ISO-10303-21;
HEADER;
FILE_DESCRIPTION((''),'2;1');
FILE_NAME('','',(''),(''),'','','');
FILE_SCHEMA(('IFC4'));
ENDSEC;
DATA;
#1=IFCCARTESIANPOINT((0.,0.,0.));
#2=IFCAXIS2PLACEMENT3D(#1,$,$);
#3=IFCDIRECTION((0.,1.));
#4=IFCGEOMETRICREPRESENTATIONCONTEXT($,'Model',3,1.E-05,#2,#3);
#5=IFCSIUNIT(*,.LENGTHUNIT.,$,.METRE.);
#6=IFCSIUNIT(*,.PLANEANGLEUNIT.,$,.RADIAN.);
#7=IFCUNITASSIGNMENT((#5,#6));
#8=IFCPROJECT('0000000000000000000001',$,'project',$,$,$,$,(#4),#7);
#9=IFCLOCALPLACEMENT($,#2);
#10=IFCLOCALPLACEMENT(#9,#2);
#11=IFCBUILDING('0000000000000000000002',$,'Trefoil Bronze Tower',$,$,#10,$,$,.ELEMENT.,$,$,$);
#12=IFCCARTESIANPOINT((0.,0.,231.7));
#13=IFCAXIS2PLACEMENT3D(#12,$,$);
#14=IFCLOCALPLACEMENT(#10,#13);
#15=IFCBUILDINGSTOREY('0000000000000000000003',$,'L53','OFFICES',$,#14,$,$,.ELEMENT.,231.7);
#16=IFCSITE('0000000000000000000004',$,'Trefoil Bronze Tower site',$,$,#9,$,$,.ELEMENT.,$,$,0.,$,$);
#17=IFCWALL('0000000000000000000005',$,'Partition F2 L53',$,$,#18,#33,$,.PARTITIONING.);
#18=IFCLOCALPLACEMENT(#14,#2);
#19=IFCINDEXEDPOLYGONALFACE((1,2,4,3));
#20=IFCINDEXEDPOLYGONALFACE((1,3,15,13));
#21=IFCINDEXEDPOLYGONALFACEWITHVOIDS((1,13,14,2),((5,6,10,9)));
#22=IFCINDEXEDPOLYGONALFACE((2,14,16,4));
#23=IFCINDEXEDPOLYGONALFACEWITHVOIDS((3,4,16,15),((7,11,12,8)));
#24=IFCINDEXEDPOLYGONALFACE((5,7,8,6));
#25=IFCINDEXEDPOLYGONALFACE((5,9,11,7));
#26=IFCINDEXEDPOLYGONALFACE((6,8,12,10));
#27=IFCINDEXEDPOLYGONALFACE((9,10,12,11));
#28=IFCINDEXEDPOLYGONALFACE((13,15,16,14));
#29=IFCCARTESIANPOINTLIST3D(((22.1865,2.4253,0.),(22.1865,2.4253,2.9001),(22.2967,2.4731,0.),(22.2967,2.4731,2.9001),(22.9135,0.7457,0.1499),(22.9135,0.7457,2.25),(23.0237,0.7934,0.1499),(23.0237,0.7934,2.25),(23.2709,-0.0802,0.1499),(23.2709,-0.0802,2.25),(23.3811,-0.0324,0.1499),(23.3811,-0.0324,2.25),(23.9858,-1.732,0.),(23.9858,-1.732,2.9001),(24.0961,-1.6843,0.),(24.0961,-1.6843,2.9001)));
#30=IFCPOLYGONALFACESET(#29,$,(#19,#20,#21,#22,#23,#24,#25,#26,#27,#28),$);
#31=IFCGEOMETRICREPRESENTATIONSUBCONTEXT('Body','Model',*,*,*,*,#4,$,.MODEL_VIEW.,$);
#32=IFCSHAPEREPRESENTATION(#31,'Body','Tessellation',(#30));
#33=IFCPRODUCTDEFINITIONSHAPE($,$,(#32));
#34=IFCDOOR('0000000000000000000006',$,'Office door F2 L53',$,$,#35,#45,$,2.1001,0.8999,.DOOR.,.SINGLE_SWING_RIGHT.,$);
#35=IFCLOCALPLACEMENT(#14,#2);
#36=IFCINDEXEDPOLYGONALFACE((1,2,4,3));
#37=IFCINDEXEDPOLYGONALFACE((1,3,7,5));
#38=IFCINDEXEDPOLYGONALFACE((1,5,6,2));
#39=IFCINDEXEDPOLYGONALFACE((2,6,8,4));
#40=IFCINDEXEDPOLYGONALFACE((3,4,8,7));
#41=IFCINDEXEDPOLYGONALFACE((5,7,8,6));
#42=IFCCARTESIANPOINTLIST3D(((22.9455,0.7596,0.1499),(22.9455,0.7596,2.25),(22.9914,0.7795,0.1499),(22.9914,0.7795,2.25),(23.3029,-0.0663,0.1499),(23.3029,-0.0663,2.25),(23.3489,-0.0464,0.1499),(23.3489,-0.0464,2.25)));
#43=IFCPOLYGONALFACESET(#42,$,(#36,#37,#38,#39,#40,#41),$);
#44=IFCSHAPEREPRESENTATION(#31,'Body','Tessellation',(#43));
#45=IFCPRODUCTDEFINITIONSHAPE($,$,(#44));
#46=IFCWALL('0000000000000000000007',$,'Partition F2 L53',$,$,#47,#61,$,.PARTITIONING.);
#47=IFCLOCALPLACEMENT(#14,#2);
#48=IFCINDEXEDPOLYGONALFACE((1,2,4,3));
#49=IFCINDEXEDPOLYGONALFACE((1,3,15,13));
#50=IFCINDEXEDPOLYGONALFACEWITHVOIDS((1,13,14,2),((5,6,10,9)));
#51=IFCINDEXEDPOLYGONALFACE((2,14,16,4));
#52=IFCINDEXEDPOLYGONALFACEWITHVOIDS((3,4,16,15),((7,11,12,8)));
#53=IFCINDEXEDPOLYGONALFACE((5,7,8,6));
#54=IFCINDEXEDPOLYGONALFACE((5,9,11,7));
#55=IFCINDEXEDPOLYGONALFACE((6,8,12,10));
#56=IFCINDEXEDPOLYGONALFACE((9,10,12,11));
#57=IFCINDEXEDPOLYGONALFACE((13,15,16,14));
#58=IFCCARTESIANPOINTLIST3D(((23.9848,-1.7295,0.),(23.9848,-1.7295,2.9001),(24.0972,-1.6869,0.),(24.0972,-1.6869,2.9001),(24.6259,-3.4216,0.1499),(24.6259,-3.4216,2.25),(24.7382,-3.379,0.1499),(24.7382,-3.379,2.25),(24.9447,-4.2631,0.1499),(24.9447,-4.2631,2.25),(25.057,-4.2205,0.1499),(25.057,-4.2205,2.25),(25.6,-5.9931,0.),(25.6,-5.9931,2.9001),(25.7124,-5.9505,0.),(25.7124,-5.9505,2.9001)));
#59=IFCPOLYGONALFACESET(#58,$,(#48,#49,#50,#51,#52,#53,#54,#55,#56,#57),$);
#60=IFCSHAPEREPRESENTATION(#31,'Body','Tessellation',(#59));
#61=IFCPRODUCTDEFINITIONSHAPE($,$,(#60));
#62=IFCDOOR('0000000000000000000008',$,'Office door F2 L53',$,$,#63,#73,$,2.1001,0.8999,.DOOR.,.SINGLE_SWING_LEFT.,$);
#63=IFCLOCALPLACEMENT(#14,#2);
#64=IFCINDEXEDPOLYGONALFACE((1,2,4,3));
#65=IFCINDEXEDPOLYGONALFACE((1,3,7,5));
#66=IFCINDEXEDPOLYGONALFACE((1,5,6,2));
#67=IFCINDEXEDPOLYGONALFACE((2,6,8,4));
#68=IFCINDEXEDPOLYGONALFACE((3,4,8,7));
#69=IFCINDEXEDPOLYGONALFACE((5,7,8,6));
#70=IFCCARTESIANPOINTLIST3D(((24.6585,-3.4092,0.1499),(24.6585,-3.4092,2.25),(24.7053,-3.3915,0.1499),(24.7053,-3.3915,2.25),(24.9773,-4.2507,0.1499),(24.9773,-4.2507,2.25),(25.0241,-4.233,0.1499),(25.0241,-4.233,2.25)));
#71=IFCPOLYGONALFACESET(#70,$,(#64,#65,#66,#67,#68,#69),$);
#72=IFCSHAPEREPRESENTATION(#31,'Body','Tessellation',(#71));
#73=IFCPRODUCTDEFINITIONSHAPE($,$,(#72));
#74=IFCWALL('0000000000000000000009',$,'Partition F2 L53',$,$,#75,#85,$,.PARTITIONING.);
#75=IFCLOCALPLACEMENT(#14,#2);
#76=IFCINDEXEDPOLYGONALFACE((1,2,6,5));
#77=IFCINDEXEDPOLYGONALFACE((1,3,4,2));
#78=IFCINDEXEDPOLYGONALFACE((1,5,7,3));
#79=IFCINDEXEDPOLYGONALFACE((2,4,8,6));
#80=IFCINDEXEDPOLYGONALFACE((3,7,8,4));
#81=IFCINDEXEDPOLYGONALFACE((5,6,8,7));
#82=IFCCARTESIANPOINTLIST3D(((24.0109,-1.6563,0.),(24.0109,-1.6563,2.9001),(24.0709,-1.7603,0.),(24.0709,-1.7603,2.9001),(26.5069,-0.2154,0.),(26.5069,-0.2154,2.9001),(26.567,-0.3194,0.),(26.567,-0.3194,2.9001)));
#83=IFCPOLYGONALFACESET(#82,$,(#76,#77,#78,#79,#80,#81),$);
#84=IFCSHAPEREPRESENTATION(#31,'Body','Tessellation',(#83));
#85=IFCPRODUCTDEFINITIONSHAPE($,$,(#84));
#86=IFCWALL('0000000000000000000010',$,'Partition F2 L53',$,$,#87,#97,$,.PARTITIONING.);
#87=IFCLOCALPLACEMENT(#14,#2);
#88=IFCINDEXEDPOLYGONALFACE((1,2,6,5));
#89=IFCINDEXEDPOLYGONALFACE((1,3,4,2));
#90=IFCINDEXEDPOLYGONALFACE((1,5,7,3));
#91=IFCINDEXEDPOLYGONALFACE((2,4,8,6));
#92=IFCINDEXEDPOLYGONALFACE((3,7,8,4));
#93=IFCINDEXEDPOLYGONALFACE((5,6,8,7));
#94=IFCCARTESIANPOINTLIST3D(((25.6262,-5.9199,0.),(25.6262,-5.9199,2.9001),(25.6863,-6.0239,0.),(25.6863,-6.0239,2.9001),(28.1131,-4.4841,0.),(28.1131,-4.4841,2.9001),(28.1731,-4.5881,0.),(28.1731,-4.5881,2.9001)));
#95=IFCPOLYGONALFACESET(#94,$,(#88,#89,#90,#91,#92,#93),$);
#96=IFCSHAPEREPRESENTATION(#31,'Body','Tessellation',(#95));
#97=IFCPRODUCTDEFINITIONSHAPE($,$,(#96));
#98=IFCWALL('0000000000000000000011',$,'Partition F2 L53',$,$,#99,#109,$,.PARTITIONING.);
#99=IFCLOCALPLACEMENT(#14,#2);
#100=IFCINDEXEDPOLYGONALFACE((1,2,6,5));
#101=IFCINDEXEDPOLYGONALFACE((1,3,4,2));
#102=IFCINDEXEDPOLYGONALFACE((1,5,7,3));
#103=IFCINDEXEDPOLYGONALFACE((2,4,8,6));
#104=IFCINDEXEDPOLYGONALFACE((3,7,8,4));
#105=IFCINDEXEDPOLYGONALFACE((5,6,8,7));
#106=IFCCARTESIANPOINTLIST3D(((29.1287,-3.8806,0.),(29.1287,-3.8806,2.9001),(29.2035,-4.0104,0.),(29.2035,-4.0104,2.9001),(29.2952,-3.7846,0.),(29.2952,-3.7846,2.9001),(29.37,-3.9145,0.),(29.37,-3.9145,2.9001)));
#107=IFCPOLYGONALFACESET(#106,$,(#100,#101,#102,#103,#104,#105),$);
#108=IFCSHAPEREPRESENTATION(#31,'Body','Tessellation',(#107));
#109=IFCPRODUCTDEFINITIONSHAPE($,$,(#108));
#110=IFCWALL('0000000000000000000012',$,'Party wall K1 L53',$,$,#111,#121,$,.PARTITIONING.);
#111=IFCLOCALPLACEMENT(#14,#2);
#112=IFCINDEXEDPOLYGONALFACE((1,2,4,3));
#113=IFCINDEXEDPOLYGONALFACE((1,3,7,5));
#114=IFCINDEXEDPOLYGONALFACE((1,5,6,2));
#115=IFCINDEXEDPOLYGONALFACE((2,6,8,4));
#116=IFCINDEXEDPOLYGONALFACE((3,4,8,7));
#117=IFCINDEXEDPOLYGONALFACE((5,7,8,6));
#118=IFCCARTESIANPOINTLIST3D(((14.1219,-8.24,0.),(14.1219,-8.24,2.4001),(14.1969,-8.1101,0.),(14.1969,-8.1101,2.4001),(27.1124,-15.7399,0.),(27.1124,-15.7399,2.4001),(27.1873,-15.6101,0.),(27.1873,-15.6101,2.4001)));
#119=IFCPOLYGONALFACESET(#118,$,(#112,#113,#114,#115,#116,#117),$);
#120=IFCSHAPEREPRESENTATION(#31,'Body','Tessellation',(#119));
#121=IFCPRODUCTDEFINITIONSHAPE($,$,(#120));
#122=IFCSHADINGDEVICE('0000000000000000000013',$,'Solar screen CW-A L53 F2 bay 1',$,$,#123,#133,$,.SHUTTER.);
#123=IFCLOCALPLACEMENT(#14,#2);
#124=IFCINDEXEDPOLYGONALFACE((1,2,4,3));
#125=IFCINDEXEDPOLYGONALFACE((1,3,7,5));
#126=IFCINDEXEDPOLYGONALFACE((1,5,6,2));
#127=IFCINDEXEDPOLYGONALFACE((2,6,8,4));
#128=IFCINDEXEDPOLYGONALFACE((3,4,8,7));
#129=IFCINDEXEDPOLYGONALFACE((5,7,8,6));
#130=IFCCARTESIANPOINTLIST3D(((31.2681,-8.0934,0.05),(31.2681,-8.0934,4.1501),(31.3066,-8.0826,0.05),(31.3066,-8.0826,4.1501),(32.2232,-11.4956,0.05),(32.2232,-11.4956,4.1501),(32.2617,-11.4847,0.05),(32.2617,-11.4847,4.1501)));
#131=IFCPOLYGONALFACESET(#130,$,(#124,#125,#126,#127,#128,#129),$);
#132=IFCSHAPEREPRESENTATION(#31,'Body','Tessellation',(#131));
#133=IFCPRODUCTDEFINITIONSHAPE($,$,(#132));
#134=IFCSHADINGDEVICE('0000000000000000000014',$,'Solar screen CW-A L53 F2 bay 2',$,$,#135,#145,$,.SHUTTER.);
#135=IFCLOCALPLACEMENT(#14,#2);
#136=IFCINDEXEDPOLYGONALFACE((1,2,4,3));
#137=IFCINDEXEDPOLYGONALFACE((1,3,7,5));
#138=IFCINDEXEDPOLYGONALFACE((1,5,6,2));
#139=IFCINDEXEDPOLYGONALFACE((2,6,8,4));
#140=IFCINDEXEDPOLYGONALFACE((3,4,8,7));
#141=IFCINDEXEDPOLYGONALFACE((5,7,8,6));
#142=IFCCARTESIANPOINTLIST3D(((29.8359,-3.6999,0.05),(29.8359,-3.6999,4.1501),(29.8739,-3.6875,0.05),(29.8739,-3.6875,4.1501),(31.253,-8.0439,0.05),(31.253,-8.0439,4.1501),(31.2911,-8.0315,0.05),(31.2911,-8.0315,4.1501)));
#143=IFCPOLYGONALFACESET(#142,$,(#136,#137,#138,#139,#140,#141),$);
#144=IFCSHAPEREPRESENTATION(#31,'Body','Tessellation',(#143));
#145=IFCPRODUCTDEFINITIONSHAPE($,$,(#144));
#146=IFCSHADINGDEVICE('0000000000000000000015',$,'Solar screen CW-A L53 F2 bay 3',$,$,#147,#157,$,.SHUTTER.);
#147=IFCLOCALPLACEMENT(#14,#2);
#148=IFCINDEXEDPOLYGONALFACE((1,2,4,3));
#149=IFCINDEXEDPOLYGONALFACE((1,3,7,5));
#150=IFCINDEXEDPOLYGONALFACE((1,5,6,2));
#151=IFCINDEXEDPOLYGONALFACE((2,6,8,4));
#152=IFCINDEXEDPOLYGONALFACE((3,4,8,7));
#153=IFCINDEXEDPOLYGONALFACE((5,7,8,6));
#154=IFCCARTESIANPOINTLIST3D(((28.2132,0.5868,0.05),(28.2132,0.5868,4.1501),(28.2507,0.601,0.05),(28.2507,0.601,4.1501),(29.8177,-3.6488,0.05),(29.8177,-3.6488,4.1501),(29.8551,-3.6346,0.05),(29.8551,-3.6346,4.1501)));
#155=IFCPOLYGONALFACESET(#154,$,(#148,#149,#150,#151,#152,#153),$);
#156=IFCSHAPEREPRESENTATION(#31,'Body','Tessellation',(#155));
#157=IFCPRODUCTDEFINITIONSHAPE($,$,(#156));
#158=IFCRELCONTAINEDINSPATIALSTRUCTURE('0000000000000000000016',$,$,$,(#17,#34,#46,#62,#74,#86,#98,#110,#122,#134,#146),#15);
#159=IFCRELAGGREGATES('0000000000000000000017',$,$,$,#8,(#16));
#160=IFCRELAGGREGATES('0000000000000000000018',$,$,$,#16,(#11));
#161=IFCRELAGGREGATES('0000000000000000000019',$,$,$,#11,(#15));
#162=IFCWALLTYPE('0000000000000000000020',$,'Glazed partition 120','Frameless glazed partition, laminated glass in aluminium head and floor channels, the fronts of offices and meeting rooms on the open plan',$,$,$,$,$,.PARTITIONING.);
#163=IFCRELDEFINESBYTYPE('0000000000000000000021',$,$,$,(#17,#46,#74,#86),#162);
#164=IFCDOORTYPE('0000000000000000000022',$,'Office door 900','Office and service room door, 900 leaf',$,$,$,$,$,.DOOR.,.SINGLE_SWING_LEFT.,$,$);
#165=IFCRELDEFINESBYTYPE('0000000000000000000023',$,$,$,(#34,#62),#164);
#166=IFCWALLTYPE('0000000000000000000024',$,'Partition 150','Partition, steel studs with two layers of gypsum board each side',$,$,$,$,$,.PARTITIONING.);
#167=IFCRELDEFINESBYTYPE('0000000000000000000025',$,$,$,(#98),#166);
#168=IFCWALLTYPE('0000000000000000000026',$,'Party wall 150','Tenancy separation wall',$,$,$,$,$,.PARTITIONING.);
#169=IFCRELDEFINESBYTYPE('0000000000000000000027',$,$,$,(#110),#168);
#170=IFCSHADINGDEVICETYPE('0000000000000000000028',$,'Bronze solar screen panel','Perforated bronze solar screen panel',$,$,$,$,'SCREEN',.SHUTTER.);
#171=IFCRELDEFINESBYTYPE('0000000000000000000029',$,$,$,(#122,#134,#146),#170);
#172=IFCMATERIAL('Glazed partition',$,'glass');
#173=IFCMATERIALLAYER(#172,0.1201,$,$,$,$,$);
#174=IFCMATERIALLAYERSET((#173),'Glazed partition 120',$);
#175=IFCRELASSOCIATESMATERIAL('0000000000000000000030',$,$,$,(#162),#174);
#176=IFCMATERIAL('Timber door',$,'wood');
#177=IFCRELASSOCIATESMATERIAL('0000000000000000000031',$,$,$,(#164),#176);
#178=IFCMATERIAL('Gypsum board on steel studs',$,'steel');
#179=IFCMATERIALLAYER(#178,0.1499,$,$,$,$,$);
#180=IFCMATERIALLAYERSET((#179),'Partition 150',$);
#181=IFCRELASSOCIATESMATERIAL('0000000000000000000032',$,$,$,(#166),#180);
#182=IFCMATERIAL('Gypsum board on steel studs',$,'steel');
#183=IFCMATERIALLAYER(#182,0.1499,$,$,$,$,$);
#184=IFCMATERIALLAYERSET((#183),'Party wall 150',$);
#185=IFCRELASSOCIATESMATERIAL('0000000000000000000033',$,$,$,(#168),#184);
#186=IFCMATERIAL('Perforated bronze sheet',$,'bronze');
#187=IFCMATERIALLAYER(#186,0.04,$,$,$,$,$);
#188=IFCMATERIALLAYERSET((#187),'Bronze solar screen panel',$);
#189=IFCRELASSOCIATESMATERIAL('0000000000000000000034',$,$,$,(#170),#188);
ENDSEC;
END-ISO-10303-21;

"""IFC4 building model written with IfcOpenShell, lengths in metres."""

from ifc_helpers import new_model, si_unit, direction, frame, frame_2d, origin, origin_2d, place, context, subcontext, project, spatial, rectangle, extrude, material, layer, layer_set, type_object, element, fill, save


model = new_model("IFC4")

# Units and contexts
model_context = context("Model", 3, precision=1e-05, world=origin(), true_north=direction((0.0, 1.0)))
body_context = subcontext(model_context, "Body", "Model", "MODEL_VIEW")
ifc_project = project(units=[si_unit("LENGTHUNIT", "METRE"), si_unit("PLANEANGLEUNIT", "RADIAN")], contexts=[model_context])

# Site, building, storey
site_placement = place(None, origin())
site = spatial("IfcSite", under=ifc_project, at=site_placement, Name="Trefoil Bronze Tower site", CompositionType="ELEMENT", RefElevation=0.0)
building_placement = place(site_placement, origin())
building = spatial("IfcBuilding", under=site, at=building_placement, Name="Trefoil Bronze Tower", CompositionType="ELEMENT")
storey_placement = place(building_placement, frame((0.0, 0.0, 231.7)))
storey = spatial("IfcBuildingStorey", under=building, at=storey_placement, Name="L53", Description="OFFICES", CompositionType="ELEMENT", Elevation=231.7)

# Walls, openings, doors
ifc_material_1 = material(Name="Glazed partition", Category="glass")
ifc_layer_1 = layer(ifc_material_1, 0.1201)
ifc_layer_set_1 = layer_set([ifc_layer_1], Name="Glazed partition 120")
wall_type_1 = type_object("IfcWallType", Name="Glazed partition 120", Description="Frameless glazed partition, laminated glass in aluminium head and floor channels, the fronts of offices and meeting rooms on the open plan", PredefinedType="PARTITIONING", material=ifc_layer_set_1)
wall_1_placement = place(storey_placement, frame((24.041, -1.7083, 0.0), z_axis=(0.0, 0.0, 1.0), x_axis=(-0.397208, 0.917729, 0.0)))
wall_1 = element("IfcWall", 1, at=wall_1_placement, inside=storey, type_object=wall_type_1, Name="Partition F2 L53", PredefinedType="PARTITIONING", context=body_context, shape_type="SweptSolid", body=[
    extrude(rectangle(XDim=4.53, YDim=0.1201, at=frame_2d((2.2651, 0.0))), origin(), (0.0, 0.0, 1.0), 2.9001),
])
opening_1_placement = place(wall_1_placement, frame((1.8, 0.0, 0.1499)))
opening_1 = element("IfcOpeningElement", 2, at=opening_1_placement, cuts=wall_1, PredefinedType="OPENING", context=body_context, shape_type="SweptSolid", body=[
    extrude(rectangle(XDim=0.8999, YDim=2.1001, at=frame_2d((0.45, 1.05))), frame((0.0, 0.0701, 0.0), z_axis=(0.0, -1.0, 0.0), x_axis=(1.0, 0.0, 0.0)), (0.0, 0.0, 1.0), 0.1401),
])
ifc_material_2 = material(Name="Timber door", Category="wood")
door_type_1 = type_object("IfcDoorType", Name="Office door 900", Description="Office and service room door, 900 leaf", OperationType="SINGLE_SWING_LEFT", PredefinedType="DOOR", material=ifc_material_2)
door_1_placement = place(opening_1_placement, frame((0.8999, 0.0, 0.0), z_axis=(0.0, 0.0, 1.0), x_axis=(-1.0, 0.0, 0.0)))
door_1 = element("IfcDoor", 3, at=door_1_placement, inside=storey, type_object=door_type_1, Name="Office door F2 L53", OperationType="SINGLE_SWING_RIGHT", OverallHeight=2.1001, OverallWidth=0.8999, PredefinedType="DOOR", context=body_context, shape_type="SweptSolid", body=[
    extrude(rectangle(XDim=0.8999, YDim=2.1001, at=frame_2d((0.45, 1.05))), frame((0.0, 0.0249, 0.0), z_axis=(0.0, -1.0, 0.0), x_axis=(1.0, 0.0, 0.0)), (0.0, 0.0, 1.0), 0.05),
])
fill(opening_1, door_1)
wall_2_placement = place(storey_placement, frame((25.6562, -5.9719, 0.0), z_axis=(0.0, 0.0, 1.0), x_axis=(-0.354267, 0.935144, 0.0)))
wall_2 = element("IfcWall", 4, at=wall_2_placement, inside=storey, type_object=wall_type_1, Name="Partition F2 L53", PredefinedType="PARTITIONING", context=body_context, shape_type="SweptSolid", body=[
    extrude(rectangle(XDim=4.5593, YDim=0.1201, at=frame_2d((2.2798, 0.0))), origin(), (0.0, 0.0, 1.0), 2.9001),
])
opening_2_placement = place(wall_2_placement, frame((1.8501, 0.0, 0.1499)))
opening_2 = element("IfcOpeningElement", 5, at=opening_2_placement, cuts=wall_2, PredefinedType="OPENING", context=body_context, shape_type="SweptSolid", body=[
    extrude(rectangle(XDim=0.8999, YDim=2.1001, at=frame_2d((0.45, 1.05))), frame((0.0, 0.0701, 0.0), z_axis=(0.0, -1.0, 0.0), x_axis=(1.0, 0.0, 0.0)), (0.0, 0.0, 1.0), 0.1401),
])
door_2_placement = place(opening_2_placement, frame((0.8999, 0.0, 0.0), z_axis=(0.0, 0.0, 1.0), x_axis=(-1.0, 0.0, 0.0)))
door_2 = element("IfcDoor", 6, at=door_2_placement, inside=storey, type_object=door_type_1, Name="Office door F2 L53", OperationType="SINGLE_SWING_LEFT", OverallHeight=2.1001, OverallWidth=0.8999, PredefinedType="DOOR", context=body_context, shape_type="SweptSolid", body=[
    extrude(rectangle(XDim=0.8999, YDim=2.1001, at=frame_2d((0.45, 1.05))), frame((0.0, 0.0249, 0.0), z_axis=(0.0, -1.0, 0.0), x_axis=(1.0, 0.0, 0.0)), (0.0, 0.0, 1.0), 0.05),
])
fill(opening_2, door_2)

# Walls
wall_3_placement = place(storey_placement, frame((24.041, -1.7083, 0.0), z_axis=(0.0, 0.0, 1.0), x_axis=(0.866056, 0.499947, 0.0)))
element("IfcWall", 7, at=wall_3_placement, inside=storey, type_object=wall_type_1, Name="Partition F2 L53", PredefinedType="PARTITIONING", context=body_context, shape_type="SweptSolid", body=[
    extrude(rectangle(XDim=2.8821, YDim=0.1201, at=frame_2d((1.4409, 0.0))), origin(), (0.0, 0.0, 1.0), 2.9001),
])
wall_4_placement = place(storey_placement, frame((25.6562, -5.9719, 0.0), z_axis=(0.0, 0.0, 1.0), x_axis=(0.866021, 0.500007, 0.0)))
element("IfcWall", 8, at=wall_4_placement, inside=storey, type_object=wall_type_1, Name="Partition F2 L53", PredefinedType="PARTITIONING", context=body_context, shape_type="SweptSolid", body=[
    extrude(rectangle(XDim=2.8716, YDim=0.1201, at=frame_2d((1.4358, 0.0))), origin(), (0.0, 0.0, 1.0), 2.9001),
])
ifc_material_3 = material(Name="Gypsum board on steel studs", Category="steel")
ifc_layer_2 = layer(ifc_material_3, 0.1499)
ifc_layer_set_2 = layer_set([ifc_layer_2], Name="Partition 150")
wall_type_2 = type_object("IfcWallType", Name="Partition 150", Description="Partition, steel studs with two layers of gypsum board each side", PredefinedType="PARTITIONING", material=ifc_layer_set_2)
wall_5_placement = place(storey_placement, frame((29.166, -3.9456, 0.0), z_axis=(0.0, 0.0, 1.0), x_axis=(0.866439, 0.499282, 0.0)))
element("IfcWall", 9, at=wall_5_placement, inside=storey, type_object=wall_type_2, Name="Partition F2 L53", PredefinedType="PARTITIONING", context=body_context, shape_type="SweptSolid", body=[
    extrude(rectangle(XDim=0.1921, YDim=0.1499, at=frame_2d((0.0962, 0.0))), origin(), (0.0, 0.0, 1.0), 2.9001),
])
ifc_material_4 = material(Name="Gypsum board on steel studs", Category="steel")
ifc_layer_3 = layer(ifc_material_4, 0.1499)
ifc_layer_set_3 = layer_set([ifc_layer_3], Name="Party wall 150")
wall_type_3 = type_object("IfcWallType", Name="Party wall 150", Description="Tenancy separation wall", PredefinedType="PARTITIONING", material=ifc_layer_set_3)
wall_6_placement = place(storey_placement, frame((14.1594, -8.175, 0.0), z_axis=(0.0, 0.0, 1.0), x_axis=(0.866027, -0.499997, 0.0)))
element("IfcWall", 10, at=wall_6_placement, inside=storey, type_object=wall_type_3, Name="Party wall K1 L53", PredefinedType="PARTITIONING", context=body_context, shape_type="SweptSolid", body=[
    extrude(rectangle(XDim=15.0, YDim=0.1499, at=frame_2d((7.5, 0.0))), origin(), (0.0, 0.0, 1.0), 2.4001),
])

# Shading devices
ifc_material_5 = material(Name="Perforated bronze sheet", Category="bronze")
ifc_layer_4 = layer(ifc_material_5, 0.04)
ifc_layer_set_4 = layer_set([ifc_layer_4], Name="Bronze solar screen panel")
shading_device_type = type_object("IfcShadingDeviceType", Name="Bronze solar screen panel", Description="Perforated bronze solar screen panel", ElementType="SCREEN", PredefinedType="SHUTTER", material=ifc_layer_set_4)
shading_device_1_placement = place(storey_placement, frame((31.7649, -9.7891, 0.05), z_axis=(0.0, 0.0, 1.0), x_axis=(-0.270282, 0.962781, 0.0)))
element("IfcShadingDevice", 11, at=shading_device_1_placement, inside=storey, type_object=shading_device_type, Name="Solar screen CW-A L53 F2 bay 1", PredefinedType="SHUTTER", context=body_context, shape_type="SweptSolid", body=[
    extrude(rectangle(XDim=3.5337, YDim=0.04, at=origin_2d()), origin(), (0.0, 0.0, 1.0), 4.1001),
])
shading_device_2_placement = place(storey_placement, frame((30.5635, -5.8657, 0.05), z_axis=(0.0, 0.0, 1.0), x_axis=(-0.310149, 0.950688, 0.0)))
element("IfcShadingDevice", 12, at=shading_device_2_placement, inside=storey, type_object=shading_device_type, Name="Solar screen CW-A L53 F2 bay 2", PredefinedType="SHUTTER", context=body_context, shape_type="SweptSolid", body=[
    extrude(rectangle(XDim=4.5693, YDim=0.04, at=origin_2d()), origin(), (0.0, 0.0, 1.0), 4.1001),
])
shading_device_3_placement = place(storey_placement, frame((29.0342, -1.5239, 0.05), z_axis=(0.0, 0.0, 1.0), x_axis=(-0.354234, 0.935157, 0.0)))
element("IfcShadingDevice", 13, at=shading_device_3_placement, inside=storey, type_object=shading_device_type, Name="Solar screen CW-A L53 F2 bay 3", PredefinedType="SHUTTER", context=body_context, shape_type="SweptSolid", body=[
    extrude(rectangle(XDim=4.5293, YDim=0.04, at=origin_2d()), origin(), (0.0, 0.0, 1.0), 4.1001),
])

save(model, "model.ifc")
